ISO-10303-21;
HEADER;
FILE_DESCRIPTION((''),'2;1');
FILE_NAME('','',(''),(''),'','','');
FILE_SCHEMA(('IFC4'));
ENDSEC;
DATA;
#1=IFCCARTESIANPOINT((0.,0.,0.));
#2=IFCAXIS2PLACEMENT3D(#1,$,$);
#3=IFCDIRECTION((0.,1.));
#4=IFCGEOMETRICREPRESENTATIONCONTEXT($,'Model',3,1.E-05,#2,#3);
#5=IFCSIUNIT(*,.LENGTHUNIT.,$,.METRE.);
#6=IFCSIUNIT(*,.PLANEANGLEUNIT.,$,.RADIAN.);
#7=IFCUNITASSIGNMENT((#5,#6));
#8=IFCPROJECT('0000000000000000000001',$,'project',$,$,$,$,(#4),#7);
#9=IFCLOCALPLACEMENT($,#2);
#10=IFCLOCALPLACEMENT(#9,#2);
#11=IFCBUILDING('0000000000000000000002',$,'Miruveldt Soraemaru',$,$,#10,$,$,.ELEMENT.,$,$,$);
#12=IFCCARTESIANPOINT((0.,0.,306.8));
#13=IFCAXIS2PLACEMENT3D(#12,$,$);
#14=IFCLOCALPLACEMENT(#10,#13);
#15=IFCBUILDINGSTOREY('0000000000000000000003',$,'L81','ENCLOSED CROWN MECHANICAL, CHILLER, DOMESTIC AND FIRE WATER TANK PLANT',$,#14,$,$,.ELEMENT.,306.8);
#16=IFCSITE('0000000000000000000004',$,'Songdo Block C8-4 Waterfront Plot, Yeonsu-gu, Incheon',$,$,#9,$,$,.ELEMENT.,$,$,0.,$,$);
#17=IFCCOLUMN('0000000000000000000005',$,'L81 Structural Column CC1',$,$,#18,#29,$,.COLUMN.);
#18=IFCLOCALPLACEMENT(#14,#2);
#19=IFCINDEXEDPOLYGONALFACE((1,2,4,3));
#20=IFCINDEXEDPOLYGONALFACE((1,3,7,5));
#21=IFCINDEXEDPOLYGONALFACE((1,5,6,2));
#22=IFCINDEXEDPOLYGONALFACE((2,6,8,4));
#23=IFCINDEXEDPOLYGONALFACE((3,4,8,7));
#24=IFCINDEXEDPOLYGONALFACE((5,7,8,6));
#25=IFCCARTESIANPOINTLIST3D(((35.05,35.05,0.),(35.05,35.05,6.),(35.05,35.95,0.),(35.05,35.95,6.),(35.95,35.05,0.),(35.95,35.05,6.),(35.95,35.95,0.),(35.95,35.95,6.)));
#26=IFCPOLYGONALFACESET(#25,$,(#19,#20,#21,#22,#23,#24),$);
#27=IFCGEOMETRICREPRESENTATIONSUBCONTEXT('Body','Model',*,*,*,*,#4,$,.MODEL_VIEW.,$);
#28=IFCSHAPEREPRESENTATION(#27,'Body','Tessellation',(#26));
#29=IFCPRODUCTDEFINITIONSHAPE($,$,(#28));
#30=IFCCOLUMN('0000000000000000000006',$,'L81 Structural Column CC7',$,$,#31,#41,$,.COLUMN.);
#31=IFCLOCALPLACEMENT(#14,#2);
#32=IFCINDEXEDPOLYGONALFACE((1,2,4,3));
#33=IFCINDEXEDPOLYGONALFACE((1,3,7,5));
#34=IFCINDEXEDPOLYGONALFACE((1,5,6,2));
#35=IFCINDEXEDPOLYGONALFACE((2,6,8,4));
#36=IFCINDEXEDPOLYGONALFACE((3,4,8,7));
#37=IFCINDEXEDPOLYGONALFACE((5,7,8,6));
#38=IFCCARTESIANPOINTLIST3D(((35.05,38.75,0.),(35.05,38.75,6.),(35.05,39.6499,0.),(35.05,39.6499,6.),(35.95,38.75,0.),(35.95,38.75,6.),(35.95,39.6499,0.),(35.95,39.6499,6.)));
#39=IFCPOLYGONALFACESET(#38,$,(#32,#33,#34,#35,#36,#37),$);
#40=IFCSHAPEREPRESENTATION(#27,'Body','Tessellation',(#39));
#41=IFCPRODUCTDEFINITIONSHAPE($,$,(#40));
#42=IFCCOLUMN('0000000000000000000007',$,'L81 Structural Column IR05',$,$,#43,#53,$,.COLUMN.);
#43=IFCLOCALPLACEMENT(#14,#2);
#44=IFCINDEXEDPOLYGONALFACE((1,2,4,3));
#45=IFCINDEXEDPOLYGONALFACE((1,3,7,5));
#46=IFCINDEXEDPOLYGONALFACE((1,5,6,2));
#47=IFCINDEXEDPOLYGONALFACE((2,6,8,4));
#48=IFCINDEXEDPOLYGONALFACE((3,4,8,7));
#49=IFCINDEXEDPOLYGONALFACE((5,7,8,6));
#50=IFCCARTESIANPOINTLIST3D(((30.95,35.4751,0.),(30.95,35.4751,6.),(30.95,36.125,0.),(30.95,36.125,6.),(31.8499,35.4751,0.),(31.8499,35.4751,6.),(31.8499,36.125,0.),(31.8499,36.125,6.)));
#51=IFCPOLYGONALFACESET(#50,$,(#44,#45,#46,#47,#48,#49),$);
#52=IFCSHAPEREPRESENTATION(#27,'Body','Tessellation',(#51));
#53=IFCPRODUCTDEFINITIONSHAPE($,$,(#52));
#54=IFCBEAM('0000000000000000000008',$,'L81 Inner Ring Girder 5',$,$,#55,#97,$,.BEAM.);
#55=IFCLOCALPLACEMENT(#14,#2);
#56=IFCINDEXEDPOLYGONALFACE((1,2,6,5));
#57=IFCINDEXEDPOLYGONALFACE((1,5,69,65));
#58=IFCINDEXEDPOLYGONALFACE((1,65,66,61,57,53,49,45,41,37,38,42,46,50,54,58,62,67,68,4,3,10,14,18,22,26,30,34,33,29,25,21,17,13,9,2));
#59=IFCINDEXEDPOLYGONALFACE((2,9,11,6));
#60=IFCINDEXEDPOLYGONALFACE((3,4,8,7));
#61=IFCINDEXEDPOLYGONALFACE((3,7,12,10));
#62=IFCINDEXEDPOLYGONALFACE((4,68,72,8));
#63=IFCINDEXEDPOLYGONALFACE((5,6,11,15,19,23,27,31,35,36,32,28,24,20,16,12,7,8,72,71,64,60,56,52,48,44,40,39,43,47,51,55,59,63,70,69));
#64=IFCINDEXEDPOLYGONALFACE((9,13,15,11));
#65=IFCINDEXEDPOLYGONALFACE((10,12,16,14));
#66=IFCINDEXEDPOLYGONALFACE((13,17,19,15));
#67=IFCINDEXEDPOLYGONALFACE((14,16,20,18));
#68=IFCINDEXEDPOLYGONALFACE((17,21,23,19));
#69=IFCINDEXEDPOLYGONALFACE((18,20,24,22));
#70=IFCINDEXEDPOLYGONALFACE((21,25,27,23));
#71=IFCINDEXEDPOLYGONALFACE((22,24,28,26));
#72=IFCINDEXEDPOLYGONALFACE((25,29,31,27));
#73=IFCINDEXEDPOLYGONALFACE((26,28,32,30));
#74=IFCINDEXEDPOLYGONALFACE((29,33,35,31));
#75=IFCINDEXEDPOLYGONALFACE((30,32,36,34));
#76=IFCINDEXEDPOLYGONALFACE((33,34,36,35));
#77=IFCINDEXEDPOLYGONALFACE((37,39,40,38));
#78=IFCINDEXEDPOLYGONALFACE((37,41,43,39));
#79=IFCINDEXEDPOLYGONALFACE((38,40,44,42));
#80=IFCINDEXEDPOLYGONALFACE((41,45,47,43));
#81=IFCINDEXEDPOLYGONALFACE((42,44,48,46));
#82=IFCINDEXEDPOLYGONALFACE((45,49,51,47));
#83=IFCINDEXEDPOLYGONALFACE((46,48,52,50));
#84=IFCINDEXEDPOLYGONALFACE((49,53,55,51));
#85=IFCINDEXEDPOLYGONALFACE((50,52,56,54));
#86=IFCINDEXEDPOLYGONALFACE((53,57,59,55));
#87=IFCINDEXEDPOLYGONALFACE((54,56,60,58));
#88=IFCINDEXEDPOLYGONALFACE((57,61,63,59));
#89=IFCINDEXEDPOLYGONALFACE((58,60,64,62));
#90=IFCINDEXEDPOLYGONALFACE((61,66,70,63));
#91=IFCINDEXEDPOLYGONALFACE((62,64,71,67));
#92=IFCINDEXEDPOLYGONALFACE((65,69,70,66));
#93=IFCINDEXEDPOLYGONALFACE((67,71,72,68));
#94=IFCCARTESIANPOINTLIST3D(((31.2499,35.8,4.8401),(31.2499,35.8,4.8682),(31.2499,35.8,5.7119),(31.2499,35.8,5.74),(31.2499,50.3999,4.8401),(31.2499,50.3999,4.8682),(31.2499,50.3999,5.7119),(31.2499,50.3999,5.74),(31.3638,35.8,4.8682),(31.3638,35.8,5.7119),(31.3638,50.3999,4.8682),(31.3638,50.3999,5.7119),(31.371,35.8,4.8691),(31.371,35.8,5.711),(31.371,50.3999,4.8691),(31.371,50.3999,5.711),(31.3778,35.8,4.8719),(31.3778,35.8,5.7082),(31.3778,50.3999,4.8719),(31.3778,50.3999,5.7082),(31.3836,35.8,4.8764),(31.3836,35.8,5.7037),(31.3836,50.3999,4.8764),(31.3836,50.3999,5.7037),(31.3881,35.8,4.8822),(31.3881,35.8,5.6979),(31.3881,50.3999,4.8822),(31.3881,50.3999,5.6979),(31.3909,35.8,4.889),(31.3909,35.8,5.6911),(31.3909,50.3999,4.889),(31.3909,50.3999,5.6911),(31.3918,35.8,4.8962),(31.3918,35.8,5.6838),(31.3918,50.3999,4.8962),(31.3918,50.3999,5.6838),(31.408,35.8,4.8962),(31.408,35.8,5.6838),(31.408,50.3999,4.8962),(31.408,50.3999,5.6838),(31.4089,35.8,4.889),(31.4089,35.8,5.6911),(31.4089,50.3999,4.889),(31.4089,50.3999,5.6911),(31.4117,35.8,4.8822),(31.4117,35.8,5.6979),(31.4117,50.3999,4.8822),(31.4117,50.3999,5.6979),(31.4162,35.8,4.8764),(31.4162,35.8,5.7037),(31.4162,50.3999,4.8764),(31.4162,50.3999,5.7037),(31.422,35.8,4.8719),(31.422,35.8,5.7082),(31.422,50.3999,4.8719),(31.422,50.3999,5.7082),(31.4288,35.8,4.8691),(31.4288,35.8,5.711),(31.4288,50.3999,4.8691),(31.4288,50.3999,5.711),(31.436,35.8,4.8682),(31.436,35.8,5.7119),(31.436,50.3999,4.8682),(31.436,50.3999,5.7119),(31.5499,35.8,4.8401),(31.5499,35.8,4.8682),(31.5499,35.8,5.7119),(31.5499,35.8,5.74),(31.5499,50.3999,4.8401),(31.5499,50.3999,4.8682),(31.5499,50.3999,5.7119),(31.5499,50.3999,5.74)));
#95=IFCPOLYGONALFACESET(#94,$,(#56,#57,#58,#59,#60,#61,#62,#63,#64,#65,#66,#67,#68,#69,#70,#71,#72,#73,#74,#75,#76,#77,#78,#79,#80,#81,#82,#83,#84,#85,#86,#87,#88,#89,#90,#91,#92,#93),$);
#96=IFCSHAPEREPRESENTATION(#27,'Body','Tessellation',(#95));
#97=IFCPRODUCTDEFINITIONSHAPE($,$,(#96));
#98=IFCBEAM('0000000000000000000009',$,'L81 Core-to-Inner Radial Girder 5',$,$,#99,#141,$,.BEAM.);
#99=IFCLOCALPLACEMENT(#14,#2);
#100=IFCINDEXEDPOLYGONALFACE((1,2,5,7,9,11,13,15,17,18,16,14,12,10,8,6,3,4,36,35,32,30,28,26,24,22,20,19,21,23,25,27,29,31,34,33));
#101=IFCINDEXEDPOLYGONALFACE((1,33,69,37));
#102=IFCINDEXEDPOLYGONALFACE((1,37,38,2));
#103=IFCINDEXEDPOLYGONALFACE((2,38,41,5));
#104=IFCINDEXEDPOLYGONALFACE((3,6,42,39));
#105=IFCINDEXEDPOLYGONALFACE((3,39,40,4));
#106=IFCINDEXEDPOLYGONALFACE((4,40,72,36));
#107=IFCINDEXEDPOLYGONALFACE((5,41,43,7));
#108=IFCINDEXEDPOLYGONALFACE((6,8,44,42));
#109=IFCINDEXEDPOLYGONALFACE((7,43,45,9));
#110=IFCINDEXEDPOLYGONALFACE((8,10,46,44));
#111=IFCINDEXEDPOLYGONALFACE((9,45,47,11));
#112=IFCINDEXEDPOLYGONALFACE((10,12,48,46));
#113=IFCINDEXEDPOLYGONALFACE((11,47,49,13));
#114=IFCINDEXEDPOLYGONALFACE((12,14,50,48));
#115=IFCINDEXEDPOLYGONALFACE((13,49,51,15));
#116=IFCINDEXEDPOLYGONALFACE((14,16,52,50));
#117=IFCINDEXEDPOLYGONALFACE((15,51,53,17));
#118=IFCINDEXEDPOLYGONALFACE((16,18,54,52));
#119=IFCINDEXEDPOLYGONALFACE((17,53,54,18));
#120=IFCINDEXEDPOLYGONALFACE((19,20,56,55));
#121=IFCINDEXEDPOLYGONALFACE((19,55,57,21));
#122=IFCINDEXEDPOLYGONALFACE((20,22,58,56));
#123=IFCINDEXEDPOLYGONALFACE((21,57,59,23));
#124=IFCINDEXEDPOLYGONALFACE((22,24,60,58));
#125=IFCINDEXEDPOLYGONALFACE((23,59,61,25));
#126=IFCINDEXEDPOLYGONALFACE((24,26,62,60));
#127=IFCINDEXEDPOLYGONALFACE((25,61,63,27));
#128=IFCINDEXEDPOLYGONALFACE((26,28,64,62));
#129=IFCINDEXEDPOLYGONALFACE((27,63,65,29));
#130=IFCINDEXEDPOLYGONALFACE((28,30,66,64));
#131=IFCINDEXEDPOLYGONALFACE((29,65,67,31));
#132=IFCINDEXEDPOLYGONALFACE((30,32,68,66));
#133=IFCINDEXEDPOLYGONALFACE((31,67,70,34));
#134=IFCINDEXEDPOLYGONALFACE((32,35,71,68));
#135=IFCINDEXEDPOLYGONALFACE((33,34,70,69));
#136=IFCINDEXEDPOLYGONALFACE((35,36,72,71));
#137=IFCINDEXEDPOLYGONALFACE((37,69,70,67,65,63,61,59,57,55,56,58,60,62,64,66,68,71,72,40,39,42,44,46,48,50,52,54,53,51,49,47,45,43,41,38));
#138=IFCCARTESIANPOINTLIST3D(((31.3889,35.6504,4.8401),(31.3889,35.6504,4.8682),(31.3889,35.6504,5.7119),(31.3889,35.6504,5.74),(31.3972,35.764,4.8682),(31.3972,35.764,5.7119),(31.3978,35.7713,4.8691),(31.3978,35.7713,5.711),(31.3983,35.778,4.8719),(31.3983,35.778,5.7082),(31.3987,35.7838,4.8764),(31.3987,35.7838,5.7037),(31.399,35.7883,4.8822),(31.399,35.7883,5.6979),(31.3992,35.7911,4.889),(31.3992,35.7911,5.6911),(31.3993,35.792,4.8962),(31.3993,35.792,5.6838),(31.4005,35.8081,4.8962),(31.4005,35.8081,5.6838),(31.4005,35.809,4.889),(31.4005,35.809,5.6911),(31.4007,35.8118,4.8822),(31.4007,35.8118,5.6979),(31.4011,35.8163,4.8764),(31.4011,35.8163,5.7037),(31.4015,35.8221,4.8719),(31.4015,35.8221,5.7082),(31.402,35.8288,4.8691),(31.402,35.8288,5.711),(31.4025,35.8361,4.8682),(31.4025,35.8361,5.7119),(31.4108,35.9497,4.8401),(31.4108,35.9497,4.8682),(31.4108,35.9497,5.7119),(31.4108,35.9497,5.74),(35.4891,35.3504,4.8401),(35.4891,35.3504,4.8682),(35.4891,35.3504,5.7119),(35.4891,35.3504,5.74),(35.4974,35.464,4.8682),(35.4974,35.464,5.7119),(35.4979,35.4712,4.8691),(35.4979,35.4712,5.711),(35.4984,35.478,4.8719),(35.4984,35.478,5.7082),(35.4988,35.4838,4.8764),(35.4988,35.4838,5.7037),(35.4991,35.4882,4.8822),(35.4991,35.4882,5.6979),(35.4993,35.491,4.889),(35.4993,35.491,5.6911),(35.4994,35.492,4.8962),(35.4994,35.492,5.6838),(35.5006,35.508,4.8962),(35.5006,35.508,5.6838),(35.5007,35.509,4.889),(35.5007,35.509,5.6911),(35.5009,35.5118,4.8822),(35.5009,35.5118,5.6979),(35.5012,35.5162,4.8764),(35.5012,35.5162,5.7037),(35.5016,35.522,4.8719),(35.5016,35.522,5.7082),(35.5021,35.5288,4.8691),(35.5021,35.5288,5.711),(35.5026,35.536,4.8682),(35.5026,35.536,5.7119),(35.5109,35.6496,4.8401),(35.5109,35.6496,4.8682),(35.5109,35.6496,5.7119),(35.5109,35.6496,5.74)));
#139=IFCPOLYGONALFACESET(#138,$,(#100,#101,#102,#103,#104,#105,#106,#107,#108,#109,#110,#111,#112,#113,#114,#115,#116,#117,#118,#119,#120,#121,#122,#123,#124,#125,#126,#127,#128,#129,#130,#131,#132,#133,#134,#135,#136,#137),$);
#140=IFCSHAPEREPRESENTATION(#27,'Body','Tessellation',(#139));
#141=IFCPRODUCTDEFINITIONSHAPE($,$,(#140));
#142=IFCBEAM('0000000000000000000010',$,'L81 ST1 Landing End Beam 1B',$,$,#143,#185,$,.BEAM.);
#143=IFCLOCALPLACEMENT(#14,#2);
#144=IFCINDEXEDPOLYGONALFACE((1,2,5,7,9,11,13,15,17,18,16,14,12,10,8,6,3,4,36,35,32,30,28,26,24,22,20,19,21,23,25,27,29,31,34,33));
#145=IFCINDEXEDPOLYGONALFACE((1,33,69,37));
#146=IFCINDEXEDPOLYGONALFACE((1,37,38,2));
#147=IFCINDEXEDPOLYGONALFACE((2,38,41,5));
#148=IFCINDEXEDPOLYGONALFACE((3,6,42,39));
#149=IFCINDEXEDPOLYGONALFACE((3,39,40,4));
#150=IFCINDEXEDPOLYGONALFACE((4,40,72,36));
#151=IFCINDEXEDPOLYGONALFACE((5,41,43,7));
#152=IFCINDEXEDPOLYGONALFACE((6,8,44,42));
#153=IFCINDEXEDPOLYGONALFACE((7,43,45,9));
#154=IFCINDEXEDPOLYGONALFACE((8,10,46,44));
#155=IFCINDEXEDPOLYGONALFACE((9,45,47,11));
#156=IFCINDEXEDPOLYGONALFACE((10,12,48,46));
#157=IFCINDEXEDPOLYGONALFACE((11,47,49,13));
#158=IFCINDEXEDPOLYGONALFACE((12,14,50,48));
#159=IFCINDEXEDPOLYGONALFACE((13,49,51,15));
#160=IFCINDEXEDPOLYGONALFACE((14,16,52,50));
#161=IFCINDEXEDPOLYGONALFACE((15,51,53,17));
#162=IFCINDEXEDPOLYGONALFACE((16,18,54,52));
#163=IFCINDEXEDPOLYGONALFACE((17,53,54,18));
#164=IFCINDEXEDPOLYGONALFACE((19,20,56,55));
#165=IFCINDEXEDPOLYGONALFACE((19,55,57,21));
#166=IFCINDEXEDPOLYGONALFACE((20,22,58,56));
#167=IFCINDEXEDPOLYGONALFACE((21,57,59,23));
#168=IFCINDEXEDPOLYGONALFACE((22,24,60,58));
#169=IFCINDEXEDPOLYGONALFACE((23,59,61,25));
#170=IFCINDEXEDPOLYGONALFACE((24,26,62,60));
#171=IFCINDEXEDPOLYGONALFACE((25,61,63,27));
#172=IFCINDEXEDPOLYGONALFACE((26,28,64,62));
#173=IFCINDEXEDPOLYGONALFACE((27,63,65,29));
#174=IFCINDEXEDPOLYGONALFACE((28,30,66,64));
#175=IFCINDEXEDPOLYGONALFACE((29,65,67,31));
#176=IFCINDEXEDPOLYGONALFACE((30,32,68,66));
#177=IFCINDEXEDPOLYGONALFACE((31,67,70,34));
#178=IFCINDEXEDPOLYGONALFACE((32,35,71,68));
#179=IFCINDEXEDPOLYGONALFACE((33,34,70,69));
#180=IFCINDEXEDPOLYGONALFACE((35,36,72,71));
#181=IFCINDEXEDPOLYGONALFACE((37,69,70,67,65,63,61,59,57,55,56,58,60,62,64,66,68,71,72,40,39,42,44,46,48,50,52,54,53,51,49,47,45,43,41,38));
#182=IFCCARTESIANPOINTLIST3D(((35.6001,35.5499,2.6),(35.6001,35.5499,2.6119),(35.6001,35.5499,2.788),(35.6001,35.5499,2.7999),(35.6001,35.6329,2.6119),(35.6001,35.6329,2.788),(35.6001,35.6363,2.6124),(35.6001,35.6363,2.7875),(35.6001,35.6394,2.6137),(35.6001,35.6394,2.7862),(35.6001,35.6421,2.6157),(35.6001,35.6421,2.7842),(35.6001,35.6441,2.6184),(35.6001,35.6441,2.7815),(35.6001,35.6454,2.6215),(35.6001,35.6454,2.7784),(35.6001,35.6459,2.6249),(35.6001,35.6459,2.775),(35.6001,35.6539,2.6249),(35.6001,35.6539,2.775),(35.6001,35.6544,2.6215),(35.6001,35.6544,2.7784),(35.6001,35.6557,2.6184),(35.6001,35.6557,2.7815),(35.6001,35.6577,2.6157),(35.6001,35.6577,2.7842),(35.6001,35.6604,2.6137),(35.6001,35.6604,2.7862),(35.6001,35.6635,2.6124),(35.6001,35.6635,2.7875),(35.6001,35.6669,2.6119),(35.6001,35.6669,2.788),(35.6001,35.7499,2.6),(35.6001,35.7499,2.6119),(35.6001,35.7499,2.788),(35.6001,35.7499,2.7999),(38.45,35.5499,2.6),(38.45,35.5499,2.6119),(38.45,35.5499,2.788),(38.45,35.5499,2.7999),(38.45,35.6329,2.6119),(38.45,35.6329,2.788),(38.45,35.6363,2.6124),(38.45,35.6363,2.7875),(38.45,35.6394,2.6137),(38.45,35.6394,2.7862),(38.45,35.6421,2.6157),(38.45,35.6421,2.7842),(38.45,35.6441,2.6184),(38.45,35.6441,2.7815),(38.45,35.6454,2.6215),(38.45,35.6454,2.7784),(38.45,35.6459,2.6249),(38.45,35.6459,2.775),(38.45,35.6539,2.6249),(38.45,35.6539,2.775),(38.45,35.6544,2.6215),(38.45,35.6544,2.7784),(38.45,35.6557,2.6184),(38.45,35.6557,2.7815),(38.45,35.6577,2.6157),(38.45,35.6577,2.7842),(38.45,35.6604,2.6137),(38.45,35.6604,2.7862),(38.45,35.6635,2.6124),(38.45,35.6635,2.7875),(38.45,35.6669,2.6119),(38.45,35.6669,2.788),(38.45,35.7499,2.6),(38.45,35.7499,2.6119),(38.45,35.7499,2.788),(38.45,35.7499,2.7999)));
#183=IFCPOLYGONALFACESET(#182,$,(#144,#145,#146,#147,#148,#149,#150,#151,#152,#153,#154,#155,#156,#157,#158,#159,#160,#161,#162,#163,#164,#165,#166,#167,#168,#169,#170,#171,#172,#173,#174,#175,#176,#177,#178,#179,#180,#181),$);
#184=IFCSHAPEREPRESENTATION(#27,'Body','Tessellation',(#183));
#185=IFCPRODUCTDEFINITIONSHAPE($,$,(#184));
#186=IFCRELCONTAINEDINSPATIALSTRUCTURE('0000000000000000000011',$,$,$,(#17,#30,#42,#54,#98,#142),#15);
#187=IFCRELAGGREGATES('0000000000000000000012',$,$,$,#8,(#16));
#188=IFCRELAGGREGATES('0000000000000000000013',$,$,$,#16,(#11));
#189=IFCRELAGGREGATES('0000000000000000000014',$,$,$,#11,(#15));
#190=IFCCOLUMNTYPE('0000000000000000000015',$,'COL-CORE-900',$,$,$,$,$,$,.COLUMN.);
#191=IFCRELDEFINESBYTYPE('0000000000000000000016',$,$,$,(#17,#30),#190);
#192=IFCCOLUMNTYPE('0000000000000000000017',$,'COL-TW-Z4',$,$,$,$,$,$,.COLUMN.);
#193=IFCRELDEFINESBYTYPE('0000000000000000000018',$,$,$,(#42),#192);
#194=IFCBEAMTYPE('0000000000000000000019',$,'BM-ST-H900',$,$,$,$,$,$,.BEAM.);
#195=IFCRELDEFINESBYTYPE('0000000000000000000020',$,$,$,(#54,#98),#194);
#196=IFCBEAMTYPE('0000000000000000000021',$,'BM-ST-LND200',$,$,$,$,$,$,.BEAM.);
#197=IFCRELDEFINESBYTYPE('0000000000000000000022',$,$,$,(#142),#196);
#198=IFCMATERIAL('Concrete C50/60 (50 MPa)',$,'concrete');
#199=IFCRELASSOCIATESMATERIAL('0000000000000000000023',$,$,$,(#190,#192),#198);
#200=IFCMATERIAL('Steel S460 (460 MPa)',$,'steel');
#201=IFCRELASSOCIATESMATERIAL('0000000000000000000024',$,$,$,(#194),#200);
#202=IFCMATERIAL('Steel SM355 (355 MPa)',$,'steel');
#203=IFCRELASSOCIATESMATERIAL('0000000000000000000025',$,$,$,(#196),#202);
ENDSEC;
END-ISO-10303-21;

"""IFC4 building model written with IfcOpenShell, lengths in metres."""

from ifc_helpers import new_model, si_unit, direction, frame, origin, origin_2d, place, context, subcontext, project, spatial, rectangle, i_section, extrude, material, material_profile, profile_set, type_object, element, save


model = new_model("IFC4")

# Units and contexts
model_context = context("Model", 3, precision=1e-05, world=origin(), true_north=direction((0.0, 1.0)))
body_context = subcontext(model_context, "Body", "Model", "MODEL_VIEW")
ifc_project = project(units=[si_unit("LENGTHUNIT", "METRE"), si_unit("PLANEANGLEUNIT", "RADIAN")], contexts=[model_context])

# Site, building, storey
site_placement = place(None, origin())
site = spatial("IfcSite", under=ifc_project, at=site_placement, Name="Songdo Block C8-4 Waterfront Plot, Yeonsu-gu, Incheon", CompositionType="ELEMENT", RefElevation=0.0)
building_placement = place(site_placement, origin())
building = spatial("IfcBuilding", under=site, at=building_placement, Name="Miruveldt Soraemaru", CompositionType="ELEMENT")
storey_placement = place(building_placement, frame((0.0, 0.0, 306.8)))
storey = spatial("IfcBuildingStorey", under=building, at=storey_placement, Name="L81", Description="ENCLOSED CROWN MECHANICAL, CHILLER, DOMESTIC AND FIRE WATER TANK PLANT", CompositionType="ELEMENT", Elevation=306.8)

# Columns
ifc_material_1 = material(Name="Concrete C50/60 (50 MPa)", Category="concrete")
ifc_material_profile_1 = material_profile(ifc_material_1, rectangle(XDim=0.8999, YDim=0.8999, at=origin_2d()), Name="Concrete C50/60 (50 MPa)", Category="concrete")
ifc_profile_set_1 = profile_set([ifc_material_profile_1], Name="Concrete C50/60 (50 MPa)")
column_type_1 = type_object("IfcColumnType", Name="COL-CORE-900", PredefinedType="COLUMN", material=ifc_profile_set_1)
for number, where, z_axis, x_axis, name in (
    (1, (35.5, 35.5, 0.0), (0.0, 0.0, 1.0), (1.0, 0.0, 0.0), "L81 Structural Column CC1"),
    (2, (35.5, 39.2, 0.0), (0.0, 0.0, 1.0), (1.0, 0.0, 0.0), "L81 Structural Column CC7"),
):
    element("IfcColumn", number, at=place(storey_placement, frame(where, z_axis=z_axis, x_axis=x_axis)), inside=storey, type_object=column_type_1, Name=name, PredefinedType="COLUMN", context=body_context, shape_type="SweptSolid", body=[
        extrude(rectangle(XDim=0.8999, YDim=0.8999, at=origin_2d()), origin(), (0.0, 0.0, 1.0), 6.0),
    ])
ifc_material_profile_2 = material_profile(ifc_material_1, rectangle(XDim=0.8999, YDim=0.6499, at=origin_2d()), Name="Concrete C50/60 (50 MPa)", Category="concrete")
ifc_profile_set_2 = profile_set([ifc_material_profile_2], Name="Concrete C50/60 (50 MPa)")
column_type_2 = type_object("IfcColumnType", Name="COL-TW-Z4", PredefinedType="COLUMN", material=ifc_profile_set_2)
column_placement = place(storey_placement, frame((31.3999, 35.8, 0.0), z_axis=(0.0, 0.0, 1.0), x_axis=(1.0, 0.0, 0.0)))
element("IfcColumn", 3, at=column_placement, inside=storey, type_object=column_type_2, Name="L81 Structural Column IR05", PredefinedType="COLUMN", context=body_context, shape_type="SweptSolid", body=[
    extrude(rectangle(XDim=0.8999, YDim=0.6499, at=origin_2d()), origin(), (0.0, 0.0, 1.0), 6.0),
])

# Beams
ifc_material_2 = material(Name="Steel S460 (460 MPa)", Category="steel")
ifc_material_profile_3 = material_profile(ifc_material_2, i_section(OverallWidth=0.3, OverallDepth=0.8999, WebThickness=0.0161, FlangeThickness=0.0281, FilletRadius=0.0281, at=origin_2d()), Name="Steel S460 (460 MPa)", Category="steel")
ifc_profile_set_3 = profile_set([ifc_material_profile_3], Name="Steel S460 (460 MPa)")
beam_type_1 = type_object("IfcBeamType", Name="BM-ST-H900", PredefinedType="BEAM", material=ifc_profile_set_3)
beam_1_placement = place(storey_placement, frame((31.3999, 35.8, 5.29), z_axis=(0.0, 1.0, 0.0), x_axis=(-1.0, 0.0, 0.0)))
element("IfcBeam", 4, at=beam_1_placement, inside=storey, type_object=beam_type_1, Name="L81 Inner Ring Girder 5", PredefinedType="BEAM", context=body_context, shape_type="SweptSolid", body=[
    extrude(i_section(OverallWidth=0.3, OverallDepth=0.8999, WebThickness=0.0161, FlangeThickness=0.0281, FilletRadius=0.0281, at=origin_2d()), origin(), (0.0, 0.0, 1.0), 14.5999),
])
beam_2_placement = place(storey_placement, frame((35.5, 35.5, 5.29), z_axis=(-0.997333, 0.072986, 0.0), x_axis=(-0.072986, -0.997333, 0.0)))
element("IfcBeam", 5, at=beam_2_placement, inside=storey, type_object=beam_type_1, Name="L81 Core-to-Inner Radial Girder 5", PredefinedType="BEAM", context=body_context, shape_type="SweptSolid", body=[
    extrude(i_section(OverallWidth=0.3, OverallDepth=0.8999, WebThickness=0.0161, FlangeThickness=0.0281, FilletRadius=0.0281, at=origin_2d()), origin(), (0.0, 0.0, 1.0), 4.1111),
])
ifc_material_3 = material(Name="Steel SM355 (355 MPa)", Category="steel")
ifc_material_profile_4 = material_profile(ifc_material_3, i_section(OverallWidth=0.2, OverallDepth=0.2, WebThickness=0.0081, FlangeThickness=0.012, FilletRadius=0.0129, at=origin_2d()), Name="Steel SM355 (355 MPa)", Category="steel")
ifc_profile_set_4 = profile_set([ifc_material_profile_4], Name="Steel SM355 (355 MPa)")
beam_type_2 = type_object("IfcBeamType", Name="BM-ST-LND200", PredefinedType="BEAM", material=ifc_profile_set_4)
beam_3_placement = place(storey_placement, frame((35.6001, 35.6499, 2.7), z_axis=(1.0, 0.0, 0.0), x_axis=(0.0, 1.0, 0.0)))
element("IfcBeam", 6, at=beam_3_placement, inside=storey, type_object=beam_type_2, Name="L81 ST1 Landing End Beam 1B", PredefinedType="BEAM", context=body_context, shape_type="SweptSolid", body=[
    extrude(i_section(OverallWidth=0.2, OverallDepth=0.2, WebThickness=0.0081, FlangeThickness=0.012, FilletRadius=0.0129, at=origin_2d()), origin(), (0.0, 0.0, 1.0), 2.8499),
])

save(model, "model.ifc")
